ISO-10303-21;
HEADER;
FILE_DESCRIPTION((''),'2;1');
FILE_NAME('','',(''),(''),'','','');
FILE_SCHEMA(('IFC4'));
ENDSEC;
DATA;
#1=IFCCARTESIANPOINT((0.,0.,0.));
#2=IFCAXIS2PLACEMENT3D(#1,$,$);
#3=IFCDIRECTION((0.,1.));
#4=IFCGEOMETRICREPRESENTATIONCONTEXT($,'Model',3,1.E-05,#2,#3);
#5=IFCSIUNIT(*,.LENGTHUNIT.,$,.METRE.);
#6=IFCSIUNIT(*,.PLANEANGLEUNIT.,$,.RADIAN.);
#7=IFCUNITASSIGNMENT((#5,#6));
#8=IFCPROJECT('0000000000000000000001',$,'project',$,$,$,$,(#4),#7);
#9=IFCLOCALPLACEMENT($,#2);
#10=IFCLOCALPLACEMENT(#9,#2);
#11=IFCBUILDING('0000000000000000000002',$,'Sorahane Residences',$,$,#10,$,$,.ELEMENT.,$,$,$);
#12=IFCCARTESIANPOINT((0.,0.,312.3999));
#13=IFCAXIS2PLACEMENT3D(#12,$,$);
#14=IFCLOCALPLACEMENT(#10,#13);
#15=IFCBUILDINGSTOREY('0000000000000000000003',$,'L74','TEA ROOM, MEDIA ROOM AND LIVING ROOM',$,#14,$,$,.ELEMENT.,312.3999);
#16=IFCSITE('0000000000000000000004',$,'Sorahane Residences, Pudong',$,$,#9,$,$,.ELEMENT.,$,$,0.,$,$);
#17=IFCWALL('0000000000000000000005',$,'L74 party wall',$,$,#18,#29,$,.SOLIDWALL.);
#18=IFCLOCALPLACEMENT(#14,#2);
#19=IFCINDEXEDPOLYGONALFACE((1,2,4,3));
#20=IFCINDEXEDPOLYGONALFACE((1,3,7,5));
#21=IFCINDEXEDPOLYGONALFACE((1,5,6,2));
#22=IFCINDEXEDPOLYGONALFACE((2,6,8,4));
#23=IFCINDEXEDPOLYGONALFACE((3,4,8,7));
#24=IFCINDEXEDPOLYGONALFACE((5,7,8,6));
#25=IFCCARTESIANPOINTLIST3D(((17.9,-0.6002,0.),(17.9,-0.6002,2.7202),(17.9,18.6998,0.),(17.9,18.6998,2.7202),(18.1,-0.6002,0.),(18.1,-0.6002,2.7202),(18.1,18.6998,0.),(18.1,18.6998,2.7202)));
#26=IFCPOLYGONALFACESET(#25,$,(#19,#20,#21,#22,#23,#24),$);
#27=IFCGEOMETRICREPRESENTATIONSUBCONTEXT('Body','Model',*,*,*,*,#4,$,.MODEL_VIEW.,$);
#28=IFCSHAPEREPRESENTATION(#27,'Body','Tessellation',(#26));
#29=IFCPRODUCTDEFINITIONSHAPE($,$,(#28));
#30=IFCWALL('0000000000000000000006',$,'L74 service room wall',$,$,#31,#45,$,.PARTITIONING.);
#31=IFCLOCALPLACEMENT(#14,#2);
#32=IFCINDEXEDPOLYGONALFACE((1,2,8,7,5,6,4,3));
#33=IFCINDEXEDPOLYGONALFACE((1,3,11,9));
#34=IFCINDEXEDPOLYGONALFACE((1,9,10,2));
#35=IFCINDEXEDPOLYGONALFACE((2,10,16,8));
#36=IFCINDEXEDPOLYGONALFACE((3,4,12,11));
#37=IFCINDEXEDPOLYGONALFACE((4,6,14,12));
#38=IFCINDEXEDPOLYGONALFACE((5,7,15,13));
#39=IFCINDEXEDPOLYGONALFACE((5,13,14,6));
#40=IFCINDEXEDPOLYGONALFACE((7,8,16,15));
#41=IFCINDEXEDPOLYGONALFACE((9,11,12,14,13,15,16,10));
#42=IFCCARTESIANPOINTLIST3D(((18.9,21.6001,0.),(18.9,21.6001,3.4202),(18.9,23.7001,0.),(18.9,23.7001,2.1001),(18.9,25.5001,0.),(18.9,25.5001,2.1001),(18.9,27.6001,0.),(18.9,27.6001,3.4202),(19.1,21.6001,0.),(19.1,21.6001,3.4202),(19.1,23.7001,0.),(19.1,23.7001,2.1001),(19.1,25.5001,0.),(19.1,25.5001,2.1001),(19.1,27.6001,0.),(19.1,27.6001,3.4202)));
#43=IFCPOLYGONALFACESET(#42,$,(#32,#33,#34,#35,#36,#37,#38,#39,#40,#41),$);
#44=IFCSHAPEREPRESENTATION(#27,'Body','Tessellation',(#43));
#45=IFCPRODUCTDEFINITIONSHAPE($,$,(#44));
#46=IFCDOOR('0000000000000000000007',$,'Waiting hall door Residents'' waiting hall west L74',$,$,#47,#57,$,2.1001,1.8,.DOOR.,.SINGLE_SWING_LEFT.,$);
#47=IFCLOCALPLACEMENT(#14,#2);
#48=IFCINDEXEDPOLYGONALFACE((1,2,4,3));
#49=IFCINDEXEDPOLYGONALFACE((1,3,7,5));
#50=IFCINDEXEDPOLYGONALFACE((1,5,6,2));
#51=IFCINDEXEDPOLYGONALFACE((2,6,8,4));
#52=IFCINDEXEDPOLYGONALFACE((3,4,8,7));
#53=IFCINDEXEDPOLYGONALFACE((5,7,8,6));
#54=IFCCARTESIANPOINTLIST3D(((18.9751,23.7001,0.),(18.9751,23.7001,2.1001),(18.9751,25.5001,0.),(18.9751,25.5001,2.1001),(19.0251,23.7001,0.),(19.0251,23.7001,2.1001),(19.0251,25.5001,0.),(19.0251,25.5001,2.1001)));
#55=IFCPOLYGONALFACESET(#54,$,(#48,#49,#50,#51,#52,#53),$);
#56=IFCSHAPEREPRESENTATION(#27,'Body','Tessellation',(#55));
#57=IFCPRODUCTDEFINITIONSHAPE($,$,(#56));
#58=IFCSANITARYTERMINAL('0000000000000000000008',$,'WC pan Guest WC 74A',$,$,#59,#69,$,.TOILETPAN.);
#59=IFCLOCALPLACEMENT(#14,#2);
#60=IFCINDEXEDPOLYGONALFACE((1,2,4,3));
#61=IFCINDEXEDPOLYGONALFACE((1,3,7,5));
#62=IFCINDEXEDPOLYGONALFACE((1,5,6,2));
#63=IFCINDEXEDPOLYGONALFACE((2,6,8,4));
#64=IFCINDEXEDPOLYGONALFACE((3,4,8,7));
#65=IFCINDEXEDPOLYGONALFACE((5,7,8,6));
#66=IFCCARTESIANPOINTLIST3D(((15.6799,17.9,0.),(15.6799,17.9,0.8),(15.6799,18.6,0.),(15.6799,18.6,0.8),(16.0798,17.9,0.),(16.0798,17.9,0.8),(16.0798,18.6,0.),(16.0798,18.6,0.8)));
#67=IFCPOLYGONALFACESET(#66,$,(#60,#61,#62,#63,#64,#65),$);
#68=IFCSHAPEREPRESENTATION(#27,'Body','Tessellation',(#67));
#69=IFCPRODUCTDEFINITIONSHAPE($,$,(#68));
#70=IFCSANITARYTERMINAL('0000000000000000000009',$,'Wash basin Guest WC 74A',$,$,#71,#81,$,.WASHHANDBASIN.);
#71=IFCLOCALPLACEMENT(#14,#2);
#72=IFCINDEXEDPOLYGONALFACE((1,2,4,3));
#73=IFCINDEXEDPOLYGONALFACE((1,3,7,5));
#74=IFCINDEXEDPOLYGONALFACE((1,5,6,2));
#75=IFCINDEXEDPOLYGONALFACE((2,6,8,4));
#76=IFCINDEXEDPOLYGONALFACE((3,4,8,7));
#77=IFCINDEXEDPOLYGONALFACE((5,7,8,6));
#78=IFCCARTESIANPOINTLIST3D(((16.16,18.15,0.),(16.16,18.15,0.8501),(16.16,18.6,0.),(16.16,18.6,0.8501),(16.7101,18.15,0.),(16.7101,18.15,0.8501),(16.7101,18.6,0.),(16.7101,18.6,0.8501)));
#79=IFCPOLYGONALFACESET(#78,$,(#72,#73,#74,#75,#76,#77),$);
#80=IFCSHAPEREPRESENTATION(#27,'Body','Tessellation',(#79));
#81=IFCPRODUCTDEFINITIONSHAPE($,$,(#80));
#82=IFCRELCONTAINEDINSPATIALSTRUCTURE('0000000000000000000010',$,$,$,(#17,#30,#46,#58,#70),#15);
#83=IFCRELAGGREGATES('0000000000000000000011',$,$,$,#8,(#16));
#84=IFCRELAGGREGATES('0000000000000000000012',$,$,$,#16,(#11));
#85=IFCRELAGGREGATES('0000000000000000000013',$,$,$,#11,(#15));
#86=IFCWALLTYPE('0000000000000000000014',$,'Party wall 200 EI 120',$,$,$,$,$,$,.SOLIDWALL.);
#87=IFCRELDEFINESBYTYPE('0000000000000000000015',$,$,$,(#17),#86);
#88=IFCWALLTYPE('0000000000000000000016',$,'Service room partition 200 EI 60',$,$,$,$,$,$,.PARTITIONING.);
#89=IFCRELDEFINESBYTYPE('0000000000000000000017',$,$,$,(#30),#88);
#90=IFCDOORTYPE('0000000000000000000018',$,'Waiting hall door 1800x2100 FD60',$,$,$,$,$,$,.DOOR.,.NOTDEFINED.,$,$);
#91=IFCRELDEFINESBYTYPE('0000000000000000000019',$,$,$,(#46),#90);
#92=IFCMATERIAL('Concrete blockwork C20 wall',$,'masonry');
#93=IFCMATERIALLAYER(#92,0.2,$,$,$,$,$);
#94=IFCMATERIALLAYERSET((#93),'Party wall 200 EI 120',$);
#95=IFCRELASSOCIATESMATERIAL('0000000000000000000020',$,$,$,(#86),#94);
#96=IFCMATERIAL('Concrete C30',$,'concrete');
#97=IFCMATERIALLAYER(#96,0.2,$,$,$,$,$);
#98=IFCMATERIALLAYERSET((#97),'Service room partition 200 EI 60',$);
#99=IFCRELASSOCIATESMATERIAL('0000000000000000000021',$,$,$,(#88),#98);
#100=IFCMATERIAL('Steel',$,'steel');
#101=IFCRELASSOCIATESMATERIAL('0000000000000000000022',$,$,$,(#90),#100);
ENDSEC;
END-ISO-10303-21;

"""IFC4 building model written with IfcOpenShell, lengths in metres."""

from ifc_helpers import new_model, si_unit, direction, frame, frame_2d, origin, origin_2d, place, context, subcontext, project, spatial, rectangle, extrude, material, layer, layer_set, type_object, element, fill, save


model = new_model("IFC4")

# Units and contexts
model_context = context("Model", 3, precision=1e-05, world=origin(), true_north=direction((0.0, 1.0)))
body_context = subcontext(model_context, "Body", "Model", "MODEL_VIEW")
ifc_project = project(units=[si_unit("LENGTHUNIT", "METRE"), si_unit("PLANEANGLEUNIT", "RADIAN")], contexts=[model_context])

# Site, building, storey
site_placement = place(None, origin())
site = spatial("IfcSite", under=ifc_project, at=site_placement, Name="Sorahane Residences, Pudong", CompositionType="ELEMENT", RefElevation=0.0)
building_placement = place(site_placement, origin())
building = spatial("IfcBuilding", under=site, at=building_placement, Name="Sorahane Residences", CompositionType="ELEMENT")
storey_placement = place(building_placement, frame((0.0, 0.0, 312.3999)))
storey = spatial("IfcBuildingStorey", under=building, at=storey_placement, Name="L74", Description="TEA ROOM, MEDIA ROOM AND LIVING ROOM", CompositionType="ELEMENT", Elevation=312.3999)

# Wall
ifc_material_1 = material(Name="Concrete blockwork C20 wall", Category="masonry")
ifc_layer_1 = layer(ifc_material_1, 0.2)
ifc_layer_set_1 = layer_set([ifc_layer_1], Name="Party wall 200 EI 120")
wall_type_1 = type_object("IfcWallType", Name="Party wall 200 EI 120", PredefinedType="SOLIDWALL", material=ifc_layer_set_1)
wall_1_placement = place(storey_placement, frame((18.0, -0.6001, 0.0), z_axis=(0.0, 0.0, 1.0), x_axis=(0.0, 1.0, 0.0)))
element("IfcWall", 1, at=wall_1_placement, inside=storey, type_object=wall_type_1, Name="L74 party wall", PredefinedType="SOLIDWALL", context=body_context, shape_type="SweptSolid", body=[
    extrude(rectangle(XDim=19.3, YDim=0.2, at=frame_2d((9.6499, 0.0))), origin(), (0.0, 0.0, 1.0), 2.7202),
])

# Wall, opening, door
ifc_material_2 = material(Name="Concrete C30", Category="concrete")
ifc_layer_2 = layer(ifc_material_2, 0.2)
ifc_layer_set_2 = layer_set([ifc_layer_2], Name="Service room partition 200 EI 60")
wall_type_2 = type_object("IfcWallType", Name="Service room partition 200 EI 60", PredefinedType="PARTITIONING", material=ifc_layer_set_2)
wall_2_placement = place(storey_placement, frame((19.0, 21.6001, 0.0), z_axis=(0.0, 0.0, 1.0), x_axis=(0.0, 1.0, 0.0)))
wall_2 = element("IfcWall", 2, at=wall_2_placement, inside=storey, type_object=wall_type_2, Name="L74 service room wall", PredefinedType="PARTITIONING", context=body_context, shape_type="SweptSolid", body=[
    extrude(rectangle(XDim=6.0, YDim=0.2, at=frame_2d((3.0, 0.0))), origin(), (0.0, 0.0, 1.0), 3.4202),
])
opening_1_placement = place(wall_2_placement, frame((2.1001, 0.0, 0.0)))
opening_1 = element("IfcOpeningElement", 3, at=opening_1_placement, cuts=wall_2, PredefinedType="OPENING", context=body_context, shape_type="SweptSolid", body=[
    extrude(rectangle(XDim=1.8, YDim=2.1001, at=frame_2d((0.8999, 1.05))), frame((0.0, 0.1099, 0.0), z_axis=(0.0, -1.0, 0.0), x_axis=(1.0, 0.0, 0.0)), (0.0, 0.0, 1.0), 0.22),
])
ifc_material_3 = material(Name="Steel", Category="steel")
door_type_1 = type_object("IfcDoorType", Name="Waiting hall door 1800x2100 FD60", OperationType="NOTDEFINED", PredefinedType="DOOR", material=ifc_material_3)
door_1_placement = place(opening_1_placement, origin())
door_1 = element("IfcDoor", 4, at=door_1_placement, inside=storey, type_object=door_type_1, Name="Waiting hall door Residents' waiting hall west L74", OperationType="SINGLE_SWING_LEFT", OverallHeight=2.1001, OverallWidth=1.8, PredefinedType="DOOR", context=body_context, shape_type="SweptSolid", body=[
    extrude(rectangle(XDim=1.8, YDim=2.1001, at=frame_2d((0.8999, 1.05))), frame((0.0, 0.0249, 0.0), z_axis=(0.0, -1.0, 0.0), x_axis=(1.0, 0.0, 0.0)), (0.0, 0.0, 1.0), 0.05),
])
fill(opening_1, door_1)

# Sanitary terminals
sanitary_terminal_1_placement = place(storey_placement, frame((15.8799, 18.25, 0.0), z_axis=(0.0, 0.0, 1.0), x_axis=(1.0, 0.0, 0.0)))
element("IfcSanitaryTerminal", 5, at=sanitary_terminal_1_placement, inside=storey, Name="WC pan Guest WC 74A", PredefinedType="TOILETPAN", context=body_context, shape_type="SweptSolid", body=[
    extrude(rectangle(XDim=0.3999, YDim=0.7, at=origin_2d()), origin(), (0.0, 0.0, 1.0), 0.8),
])
sanitary_terminal_2_placement = place(storey_placement, frame((16.4351, 18.375, 0.0), z_axis=(0.0, 0.0, 1.0), x_axis=(1.0, 0.0, 0.0)))
element("IfcSanitaryTerminal", 6, at=sanitary_terminal_2_placement, inside=storey, Name="Wash basin Guest WC 74A", PredefinedType="WASHHANDBASIN", context=body_context, shape_type="SweptSolid", body=[
    extrude(rectangle(XDim=0.55, YDim=0.45, at=origin_2d()), origin(), (0.0, 0.0, 1.0), 0.8501),
])

save(model, "model.ifc")
